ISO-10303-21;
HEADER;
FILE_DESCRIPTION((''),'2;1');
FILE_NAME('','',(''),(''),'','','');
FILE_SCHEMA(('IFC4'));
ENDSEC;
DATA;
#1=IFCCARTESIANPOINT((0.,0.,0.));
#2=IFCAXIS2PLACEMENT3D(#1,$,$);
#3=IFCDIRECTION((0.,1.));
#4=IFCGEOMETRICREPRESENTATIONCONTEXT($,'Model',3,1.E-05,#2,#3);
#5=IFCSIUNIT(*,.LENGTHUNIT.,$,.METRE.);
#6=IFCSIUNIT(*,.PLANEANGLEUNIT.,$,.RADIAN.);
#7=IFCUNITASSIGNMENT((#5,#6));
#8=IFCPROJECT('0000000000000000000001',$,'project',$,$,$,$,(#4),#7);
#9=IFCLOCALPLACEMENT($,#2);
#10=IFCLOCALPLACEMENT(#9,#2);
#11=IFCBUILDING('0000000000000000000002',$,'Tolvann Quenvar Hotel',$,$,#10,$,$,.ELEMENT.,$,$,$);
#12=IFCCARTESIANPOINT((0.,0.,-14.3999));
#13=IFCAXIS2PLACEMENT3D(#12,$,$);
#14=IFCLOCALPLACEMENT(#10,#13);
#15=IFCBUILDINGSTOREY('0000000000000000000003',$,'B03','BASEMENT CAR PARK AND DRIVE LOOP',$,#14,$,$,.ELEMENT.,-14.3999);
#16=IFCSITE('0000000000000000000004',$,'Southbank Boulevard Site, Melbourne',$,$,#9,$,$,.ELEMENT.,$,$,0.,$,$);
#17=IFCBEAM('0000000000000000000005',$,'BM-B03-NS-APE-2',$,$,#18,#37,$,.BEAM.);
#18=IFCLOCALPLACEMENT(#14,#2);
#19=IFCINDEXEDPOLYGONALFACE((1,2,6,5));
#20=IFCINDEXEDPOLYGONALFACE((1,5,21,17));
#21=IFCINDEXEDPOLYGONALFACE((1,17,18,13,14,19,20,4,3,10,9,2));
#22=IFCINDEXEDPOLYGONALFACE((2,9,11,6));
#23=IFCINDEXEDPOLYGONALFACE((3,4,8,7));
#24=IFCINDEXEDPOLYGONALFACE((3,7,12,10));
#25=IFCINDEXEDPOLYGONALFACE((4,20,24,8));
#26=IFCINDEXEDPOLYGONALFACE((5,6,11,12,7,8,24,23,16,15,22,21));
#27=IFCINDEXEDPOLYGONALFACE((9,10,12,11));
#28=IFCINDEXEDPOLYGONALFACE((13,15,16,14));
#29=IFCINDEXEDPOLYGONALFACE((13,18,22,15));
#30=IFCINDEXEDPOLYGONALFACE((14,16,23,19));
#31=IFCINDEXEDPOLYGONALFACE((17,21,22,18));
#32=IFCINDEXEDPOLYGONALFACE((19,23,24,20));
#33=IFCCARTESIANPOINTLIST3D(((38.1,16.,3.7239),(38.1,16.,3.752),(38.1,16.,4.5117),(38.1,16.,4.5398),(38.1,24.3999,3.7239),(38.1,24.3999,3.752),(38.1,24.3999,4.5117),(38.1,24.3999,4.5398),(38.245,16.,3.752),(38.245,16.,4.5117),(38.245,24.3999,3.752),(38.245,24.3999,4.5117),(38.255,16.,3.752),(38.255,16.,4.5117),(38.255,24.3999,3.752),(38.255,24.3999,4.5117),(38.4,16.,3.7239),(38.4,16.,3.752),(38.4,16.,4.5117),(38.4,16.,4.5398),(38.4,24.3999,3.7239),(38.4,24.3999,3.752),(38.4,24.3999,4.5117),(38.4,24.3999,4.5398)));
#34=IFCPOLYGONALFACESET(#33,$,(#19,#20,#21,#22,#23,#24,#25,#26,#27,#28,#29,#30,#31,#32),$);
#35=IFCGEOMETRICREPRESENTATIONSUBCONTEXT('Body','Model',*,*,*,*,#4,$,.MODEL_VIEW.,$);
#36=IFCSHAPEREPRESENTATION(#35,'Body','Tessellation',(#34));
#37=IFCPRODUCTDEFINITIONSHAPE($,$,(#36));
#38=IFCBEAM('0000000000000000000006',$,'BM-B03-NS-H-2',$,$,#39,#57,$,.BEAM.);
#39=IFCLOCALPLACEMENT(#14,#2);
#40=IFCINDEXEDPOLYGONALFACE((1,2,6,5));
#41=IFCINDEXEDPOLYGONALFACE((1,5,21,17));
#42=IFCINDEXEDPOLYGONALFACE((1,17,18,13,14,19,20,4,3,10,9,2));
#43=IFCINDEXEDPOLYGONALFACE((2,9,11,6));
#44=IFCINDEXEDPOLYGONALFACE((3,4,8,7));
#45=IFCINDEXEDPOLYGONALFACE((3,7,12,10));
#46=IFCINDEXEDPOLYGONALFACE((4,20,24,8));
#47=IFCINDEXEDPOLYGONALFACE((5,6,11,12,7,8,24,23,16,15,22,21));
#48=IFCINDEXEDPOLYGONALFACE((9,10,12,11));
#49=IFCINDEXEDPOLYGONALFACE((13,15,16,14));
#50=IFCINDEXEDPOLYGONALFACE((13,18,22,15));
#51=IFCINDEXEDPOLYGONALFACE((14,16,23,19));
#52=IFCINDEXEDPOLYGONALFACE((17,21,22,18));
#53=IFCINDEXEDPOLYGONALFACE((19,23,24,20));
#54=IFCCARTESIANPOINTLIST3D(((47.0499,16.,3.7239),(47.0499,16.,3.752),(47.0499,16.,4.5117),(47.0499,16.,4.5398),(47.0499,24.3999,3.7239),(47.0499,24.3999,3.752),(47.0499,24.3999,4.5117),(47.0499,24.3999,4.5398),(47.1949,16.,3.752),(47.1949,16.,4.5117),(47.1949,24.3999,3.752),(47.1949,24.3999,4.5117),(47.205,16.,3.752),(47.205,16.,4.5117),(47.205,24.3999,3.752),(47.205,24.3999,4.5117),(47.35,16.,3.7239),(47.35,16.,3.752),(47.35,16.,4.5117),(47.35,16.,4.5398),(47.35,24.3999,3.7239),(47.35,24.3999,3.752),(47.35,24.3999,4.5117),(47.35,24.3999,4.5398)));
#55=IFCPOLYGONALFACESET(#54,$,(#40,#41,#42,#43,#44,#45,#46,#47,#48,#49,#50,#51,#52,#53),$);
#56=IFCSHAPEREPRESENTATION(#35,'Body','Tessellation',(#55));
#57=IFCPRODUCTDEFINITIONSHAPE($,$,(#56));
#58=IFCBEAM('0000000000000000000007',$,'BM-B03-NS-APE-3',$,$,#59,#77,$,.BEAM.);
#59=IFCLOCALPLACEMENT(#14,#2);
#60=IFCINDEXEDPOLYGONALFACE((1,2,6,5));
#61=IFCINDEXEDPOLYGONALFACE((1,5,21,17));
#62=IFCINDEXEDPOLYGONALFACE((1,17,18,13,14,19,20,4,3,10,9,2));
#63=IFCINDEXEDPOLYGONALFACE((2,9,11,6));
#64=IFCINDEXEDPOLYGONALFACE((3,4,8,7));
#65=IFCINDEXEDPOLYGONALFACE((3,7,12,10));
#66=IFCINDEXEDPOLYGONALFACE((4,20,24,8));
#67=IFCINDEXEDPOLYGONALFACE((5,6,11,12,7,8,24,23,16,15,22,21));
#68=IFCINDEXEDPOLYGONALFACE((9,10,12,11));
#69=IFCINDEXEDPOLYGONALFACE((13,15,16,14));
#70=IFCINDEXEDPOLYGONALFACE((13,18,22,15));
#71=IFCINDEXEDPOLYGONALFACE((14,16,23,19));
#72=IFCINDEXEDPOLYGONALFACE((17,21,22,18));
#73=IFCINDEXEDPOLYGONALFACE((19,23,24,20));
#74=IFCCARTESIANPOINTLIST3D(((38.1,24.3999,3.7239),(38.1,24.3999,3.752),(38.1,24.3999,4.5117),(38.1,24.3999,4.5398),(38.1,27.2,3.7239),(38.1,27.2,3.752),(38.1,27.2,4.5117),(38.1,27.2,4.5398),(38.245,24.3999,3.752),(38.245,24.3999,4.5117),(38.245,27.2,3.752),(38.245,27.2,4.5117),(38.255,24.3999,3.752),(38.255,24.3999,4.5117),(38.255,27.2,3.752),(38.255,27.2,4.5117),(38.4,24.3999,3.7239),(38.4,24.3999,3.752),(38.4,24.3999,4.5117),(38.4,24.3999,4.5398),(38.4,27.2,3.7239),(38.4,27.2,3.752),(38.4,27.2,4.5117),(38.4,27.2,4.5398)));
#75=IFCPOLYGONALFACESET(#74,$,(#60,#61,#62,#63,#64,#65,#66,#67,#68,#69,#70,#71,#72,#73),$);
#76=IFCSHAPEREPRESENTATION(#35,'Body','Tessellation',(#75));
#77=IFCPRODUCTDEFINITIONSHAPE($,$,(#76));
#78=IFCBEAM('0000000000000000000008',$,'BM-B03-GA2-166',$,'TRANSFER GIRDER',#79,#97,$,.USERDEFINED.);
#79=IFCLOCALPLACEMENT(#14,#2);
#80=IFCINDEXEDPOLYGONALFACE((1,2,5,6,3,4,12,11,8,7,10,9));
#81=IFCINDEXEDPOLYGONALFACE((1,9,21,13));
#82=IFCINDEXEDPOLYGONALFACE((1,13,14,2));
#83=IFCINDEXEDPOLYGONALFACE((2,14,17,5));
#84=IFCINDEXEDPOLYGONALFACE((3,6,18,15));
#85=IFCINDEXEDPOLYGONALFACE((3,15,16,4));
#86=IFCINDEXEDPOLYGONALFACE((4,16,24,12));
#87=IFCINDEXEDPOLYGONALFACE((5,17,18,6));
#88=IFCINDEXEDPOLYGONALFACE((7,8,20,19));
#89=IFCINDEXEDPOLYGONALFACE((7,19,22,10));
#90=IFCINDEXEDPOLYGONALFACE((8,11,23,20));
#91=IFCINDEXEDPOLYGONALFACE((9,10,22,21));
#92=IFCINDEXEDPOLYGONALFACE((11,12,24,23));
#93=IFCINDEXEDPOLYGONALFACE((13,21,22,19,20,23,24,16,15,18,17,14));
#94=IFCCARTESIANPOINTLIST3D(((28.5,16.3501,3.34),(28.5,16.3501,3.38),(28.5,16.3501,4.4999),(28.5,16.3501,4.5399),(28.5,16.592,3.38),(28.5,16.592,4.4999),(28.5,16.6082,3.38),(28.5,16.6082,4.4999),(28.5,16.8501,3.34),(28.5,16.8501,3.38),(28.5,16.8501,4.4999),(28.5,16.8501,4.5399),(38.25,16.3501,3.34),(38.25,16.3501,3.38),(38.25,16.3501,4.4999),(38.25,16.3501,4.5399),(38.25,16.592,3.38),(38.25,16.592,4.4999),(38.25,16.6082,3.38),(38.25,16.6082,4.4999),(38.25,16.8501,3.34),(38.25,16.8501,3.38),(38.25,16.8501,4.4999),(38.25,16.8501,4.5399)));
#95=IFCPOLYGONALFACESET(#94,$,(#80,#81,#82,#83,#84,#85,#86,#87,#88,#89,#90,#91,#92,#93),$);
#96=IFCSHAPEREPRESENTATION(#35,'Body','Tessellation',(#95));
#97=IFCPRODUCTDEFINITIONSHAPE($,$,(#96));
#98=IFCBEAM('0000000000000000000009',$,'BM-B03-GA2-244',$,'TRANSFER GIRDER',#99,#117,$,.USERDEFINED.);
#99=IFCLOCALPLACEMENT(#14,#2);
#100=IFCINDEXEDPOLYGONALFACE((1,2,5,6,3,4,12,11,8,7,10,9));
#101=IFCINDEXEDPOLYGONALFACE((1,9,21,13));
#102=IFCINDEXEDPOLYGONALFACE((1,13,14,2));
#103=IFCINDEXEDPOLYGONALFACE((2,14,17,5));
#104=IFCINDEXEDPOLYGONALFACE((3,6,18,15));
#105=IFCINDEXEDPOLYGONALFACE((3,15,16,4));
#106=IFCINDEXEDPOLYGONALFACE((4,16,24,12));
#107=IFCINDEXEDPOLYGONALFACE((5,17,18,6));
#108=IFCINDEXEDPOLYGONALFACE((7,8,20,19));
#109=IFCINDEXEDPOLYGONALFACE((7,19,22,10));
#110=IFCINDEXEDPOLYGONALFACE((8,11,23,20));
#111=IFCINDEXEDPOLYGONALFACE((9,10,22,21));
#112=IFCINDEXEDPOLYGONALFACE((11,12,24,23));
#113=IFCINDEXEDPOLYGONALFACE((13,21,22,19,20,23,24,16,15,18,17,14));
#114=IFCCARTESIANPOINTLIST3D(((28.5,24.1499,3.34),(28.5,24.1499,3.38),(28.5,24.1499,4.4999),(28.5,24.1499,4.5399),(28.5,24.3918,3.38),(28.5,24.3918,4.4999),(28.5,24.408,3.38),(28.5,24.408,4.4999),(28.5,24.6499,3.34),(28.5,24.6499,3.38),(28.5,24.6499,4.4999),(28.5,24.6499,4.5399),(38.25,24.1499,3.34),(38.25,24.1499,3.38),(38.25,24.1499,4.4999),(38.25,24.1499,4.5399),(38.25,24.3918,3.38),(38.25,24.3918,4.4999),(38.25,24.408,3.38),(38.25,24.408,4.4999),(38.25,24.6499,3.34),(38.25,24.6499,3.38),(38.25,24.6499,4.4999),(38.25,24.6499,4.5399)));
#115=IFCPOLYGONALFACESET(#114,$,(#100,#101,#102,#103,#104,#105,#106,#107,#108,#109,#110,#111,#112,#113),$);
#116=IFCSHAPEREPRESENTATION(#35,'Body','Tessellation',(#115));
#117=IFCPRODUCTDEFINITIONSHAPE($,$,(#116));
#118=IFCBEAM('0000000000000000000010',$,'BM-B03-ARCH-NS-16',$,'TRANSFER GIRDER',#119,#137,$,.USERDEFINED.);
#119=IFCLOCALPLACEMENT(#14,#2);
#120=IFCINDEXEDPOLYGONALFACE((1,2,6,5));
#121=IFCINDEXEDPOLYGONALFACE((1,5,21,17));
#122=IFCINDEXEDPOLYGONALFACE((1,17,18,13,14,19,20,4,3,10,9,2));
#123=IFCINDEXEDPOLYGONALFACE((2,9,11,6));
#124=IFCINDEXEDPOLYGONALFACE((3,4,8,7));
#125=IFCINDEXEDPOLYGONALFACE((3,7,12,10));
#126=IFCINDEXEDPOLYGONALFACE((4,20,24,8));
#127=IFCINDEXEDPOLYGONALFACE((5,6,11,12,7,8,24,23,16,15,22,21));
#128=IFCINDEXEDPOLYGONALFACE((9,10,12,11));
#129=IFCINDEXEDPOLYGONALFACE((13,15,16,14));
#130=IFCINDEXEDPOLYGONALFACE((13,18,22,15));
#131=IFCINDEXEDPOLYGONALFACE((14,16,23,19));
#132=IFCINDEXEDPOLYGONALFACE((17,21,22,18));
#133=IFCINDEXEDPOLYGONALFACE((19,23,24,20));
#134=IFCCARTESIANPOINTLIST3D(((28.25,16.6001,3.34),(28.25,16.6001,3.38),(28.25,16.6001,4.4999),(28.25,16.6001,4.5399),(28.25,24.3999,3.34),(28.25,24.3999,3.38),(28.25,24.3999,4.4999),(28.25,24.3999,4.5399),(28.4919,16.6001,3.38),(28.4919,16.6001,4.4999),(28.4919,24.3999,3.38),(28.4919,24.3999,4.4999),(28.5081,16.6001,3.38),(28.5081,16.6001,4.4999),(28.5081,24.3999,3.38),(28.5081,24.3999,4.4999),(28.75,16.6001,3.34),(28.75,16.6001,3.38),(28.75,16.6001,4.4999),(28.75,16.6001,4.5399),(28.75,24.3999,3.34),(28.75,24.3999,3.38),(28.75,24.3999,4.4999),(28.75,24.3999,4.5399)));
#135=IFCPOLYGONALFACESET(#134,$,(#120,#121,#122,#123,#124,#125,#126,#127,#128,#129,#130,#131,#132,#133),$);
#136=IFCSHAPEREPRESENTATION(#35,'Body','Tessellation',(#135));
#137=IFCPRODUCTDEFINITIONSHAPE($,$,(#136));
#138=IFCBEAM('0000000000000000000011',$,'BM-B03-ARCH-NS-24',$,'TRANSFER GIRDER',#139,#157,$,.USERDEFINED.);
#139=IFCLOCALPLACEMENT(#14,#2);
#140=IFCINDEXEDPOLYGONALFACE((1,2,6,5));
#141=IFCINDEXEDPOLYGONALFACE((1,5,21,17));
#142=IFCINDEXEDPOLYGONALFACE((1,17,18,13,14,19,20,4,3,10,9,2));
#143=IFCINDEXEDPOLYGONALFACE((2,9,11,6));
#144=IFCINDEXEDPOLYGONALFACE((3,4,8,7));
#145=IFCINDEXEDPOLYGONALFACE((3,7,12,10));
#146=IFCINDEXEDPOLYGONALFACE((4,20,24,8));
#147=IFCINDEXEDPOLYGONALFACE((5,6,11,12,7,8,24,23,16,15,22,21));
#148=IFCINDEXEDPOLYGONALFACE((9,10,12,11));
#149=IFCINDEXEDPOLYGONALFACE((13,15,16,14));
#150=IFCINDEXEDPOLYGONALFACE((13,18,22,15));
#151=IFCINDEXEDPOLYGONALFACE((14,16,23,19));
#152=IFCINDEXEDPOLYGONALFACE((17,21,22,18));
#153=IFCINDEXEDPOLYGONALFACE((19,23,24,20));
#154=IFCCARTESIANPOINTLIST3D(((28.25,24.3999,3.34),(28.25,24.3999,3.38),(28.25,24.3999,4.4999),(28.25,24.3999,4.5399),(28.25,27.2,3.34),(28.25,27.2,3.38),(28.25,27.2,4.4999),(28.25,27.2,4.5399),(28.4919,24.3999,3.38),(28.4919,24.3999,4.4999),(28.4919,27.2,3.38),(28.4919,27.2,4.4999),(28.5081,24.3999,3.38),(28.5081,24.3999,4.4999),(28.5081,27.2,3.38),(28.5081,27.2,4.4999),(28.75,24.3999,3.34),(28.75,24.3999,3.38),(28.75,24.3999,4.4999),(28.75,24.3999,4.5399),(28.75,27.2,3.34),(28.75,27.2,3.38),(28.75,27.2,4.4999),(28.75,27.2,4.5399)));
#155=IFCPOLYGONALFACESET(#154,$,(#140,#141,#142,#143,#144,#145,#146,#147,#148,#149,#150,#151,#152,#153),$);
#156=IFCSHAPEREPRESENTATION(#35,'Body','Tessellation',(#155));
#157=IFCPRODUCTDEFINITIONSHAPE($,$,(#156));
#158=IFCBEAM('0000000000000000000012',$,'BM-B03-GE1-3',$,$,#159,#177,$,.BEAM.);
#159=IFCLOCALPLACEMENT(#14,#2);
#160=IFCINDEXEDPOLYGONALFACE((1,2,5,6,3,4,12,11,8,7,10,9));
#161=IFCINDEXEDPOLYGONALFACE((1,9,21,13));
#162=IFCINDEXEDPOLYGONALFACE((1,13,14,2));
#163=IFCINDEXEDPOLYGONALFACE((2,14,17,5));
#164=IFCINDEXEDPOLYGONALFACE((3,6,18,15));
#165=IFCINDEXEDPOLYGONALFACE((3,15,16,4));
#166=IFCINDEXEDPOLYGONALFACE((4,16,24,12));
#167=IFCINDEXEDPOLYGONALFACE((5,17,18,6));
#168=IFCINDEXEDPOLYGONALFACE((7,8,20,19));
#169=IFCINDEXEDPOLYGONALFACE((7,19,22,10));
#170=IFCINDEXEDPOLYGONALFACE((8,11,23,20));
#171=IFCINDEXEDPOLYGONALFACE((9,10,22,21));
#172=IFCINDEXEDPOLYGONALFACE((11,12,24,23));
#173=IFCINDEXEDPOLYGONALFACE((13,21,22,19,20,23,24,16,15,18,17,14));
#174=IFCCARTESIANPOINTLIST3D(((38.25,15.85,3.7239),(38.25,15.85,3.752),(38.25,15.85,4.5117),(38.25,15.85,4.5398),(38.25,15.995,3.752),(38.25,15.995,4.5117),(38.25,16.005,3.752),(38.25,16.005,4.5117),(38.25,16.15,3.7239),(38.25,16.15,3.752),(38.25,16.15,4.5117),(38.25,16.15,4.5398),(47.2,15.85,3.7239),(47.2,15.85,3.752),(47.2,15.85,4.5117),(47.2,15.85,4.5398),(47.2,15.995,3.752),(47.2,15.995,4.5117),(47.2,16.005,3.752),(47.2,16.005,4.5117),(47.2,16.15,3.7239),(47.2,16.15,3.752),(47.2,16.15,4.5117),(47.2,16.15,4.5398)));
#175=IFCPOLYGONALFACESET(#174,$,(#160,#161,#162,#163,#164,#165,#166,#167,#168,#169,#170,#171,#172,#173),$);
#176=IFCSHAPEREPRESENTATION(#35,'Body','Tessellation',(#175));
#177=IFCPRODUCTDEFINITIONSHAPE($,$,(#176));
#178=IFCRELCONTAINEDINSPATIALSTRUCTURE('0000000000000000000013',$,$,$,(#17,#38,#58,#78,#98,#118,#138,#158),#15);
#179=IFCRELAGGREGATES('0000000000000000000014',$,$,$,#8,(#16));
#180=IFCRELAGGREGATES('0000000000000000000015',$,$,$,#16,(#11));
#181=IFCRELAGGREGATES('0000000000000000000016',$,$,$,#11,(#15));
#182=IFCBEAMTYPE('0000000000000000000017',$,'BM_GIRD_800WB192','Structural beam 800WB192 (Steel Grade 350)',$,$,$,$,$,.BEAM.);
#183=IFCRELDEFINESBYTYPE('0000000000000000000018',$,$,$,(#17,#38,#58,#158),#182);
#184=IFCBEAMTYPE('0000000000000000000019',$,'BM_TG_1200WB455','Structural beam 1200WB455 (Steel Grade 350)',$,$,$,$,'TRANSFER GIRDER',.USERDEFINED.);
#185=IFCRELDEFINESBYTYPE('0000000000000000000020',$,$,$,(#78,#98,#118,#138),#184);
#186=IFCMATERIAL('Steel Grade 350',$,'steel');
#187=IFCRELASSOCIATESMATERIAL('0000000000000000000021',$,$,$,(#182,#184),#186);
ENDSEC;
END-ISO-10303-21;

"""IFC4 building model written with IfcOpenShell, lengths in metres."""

from ifc_helpers import new_model, si_unit, direction, frame, origin, origin_2d, place, context, subcontext, project, spatial, i_section, extrude, source, transform, mapped, material, material_profile, profile_set, type_object, type_shapes, element, save


model = new_model("IFC4")

# Units and contexts
model_context = context("Model", 3, precision=1e-05, world=origin(), true_north=direction((0.0, 1.0)))
body_context = subcontext(model_context, "Body", "Model", "MODEL_VIEW")
ifc_project = project(units=[si_unit("LENGTHUNIT", "METRE"), si_unit("PLANEANGLEUNIT", "RADIAN")], contexts=[model_context])

# Site, building, storey
site_placement = place(None, origin())
site = spatial("IfcSite", under=ifc_project, at=site_placement, Name="Southbank Boulevard Site, Melbourne", CompositionType="ELEMENT", RefElevation=0.0)
building_placement = place(site_placement, origin())
building = spatial("IfcBuilding", under=site, at=building_placement, Name="Tolvann Quenvar Hotel", CompositionType="ELEMENT")
storey_placement = place(building_placement, frame((0.0, 0.0, -14.3999)))
storey = spatial("IfcBuildingStorey", under=building, at=storey_placement, Name="B03", Description="BASEMENT CAR PARK AND DRIVE LOOP", CompositionType="ELEMENT", Elevation=-14.3999)

# Beams
ifc_material_1 = material(Name="Steel Grade 350", Category="steel")
ifc_material_profile_1 = material_profile(ifc_material_1, i_section(OverallWidth=0.3, OverallDepth=0.8159, WebThickness=0.01, FlangeThickness=0.0281, at=origin_2d()), Name="800WB192")
ifc_profile_set_1 = profile_set([ifc_material_profile_1], Name="Steel Grade 350")
beam_type_1 = type_object("IfcBeamType", Name="BM_GIRD_800WB192", Description="Structural beam 800WB192 (Steel Grade 350)", PredefinedType="BEAM", material=ifc_profile_set_1)
shared_shape_1 = source(origin(), body_context, "Body", "SweptSolid", [
    extrude(i_section(OverallWidth=0.3, OverallDepth=0.8159, WebThickness=0.01, FlangeThickness=0.0281, at=origin_2d()), origin(), (0.0, 0.0, 1.0), 8.3999),
])
for number, where, z_axis, x_axis, name in (
    (1, (38.25, 16.0, 4.1318), (0.0, 1.0, 0.0), (-1.0, 0.0, 0.0), "BM-B03-NS-APE-2"),
    (2, (47.2, 16.0, 4.1318), (0.0, 1.0, 0.0), (-1.0, 0.0, 0.0), "BM-B03-NS-H-2"),
):
    element("IfcBeam", number, at=place(storey_placement, frame(where, z_axis=z_axis, x_axis=x_axis)), inside=storey, type_object=beam_type_1, Name=name, PredefinedType="BEAM", context=body_context, shape_type="MappedRepresentation", body=[
        mapped(shared_shape_1, transform((0.0, 0.0, 0.0), x_axis=(1.0, 0.0, 0.0), y_axis=(0.0, 1.0, 0.0), z_axis=(0.0, 0.0, 1.0), scale=1.0)),
    ])
shared_shape_2 = source(origin(), body_context, "Body", "SweptSolid", [
    extrude(i_section(OverallWidth=0.3, OverallDepth=0.8159, WebThickness=0.01, FlangeThickness=0.0281, at=origin_2d()), origin(), (0.0, 0.0, 1.0), 2.8),
])
beam_1_placement = place(storey_placement, frame((38.25, 24.3999, 4.1318), z_axis=(0.0, 1.0, 0.0), x_axis=(-1.0, 0.0, 0.0)))
element("IfcBeam", 3, at=beam_1_placement, inside=storey, type_object=beam_type_1, Name="BM-B03-NS-APE-3", PredefinedType="BEAM", context=body_context, shape_type="MappedRepresentation", body=[
    mapped(shared_shape_2, transform((0.0, 0.0, 0.0), x_axis=(1.0, 0.0, 0.0), y_axis=(0.0, 1.0, 0.0), z_axis=(0.0, 0.0, 1.0), scale=1.0)),
])
ifc_material_profile_2 = material_profile(ifc_material_1, i_section(OverallWidth=0.5, OverallDepth=1.2, WebThickness=0.0161, FlangeThickness=0.04, at=origin_2d()), Name="1200WB455")
ifc_profile_set_2 = profile_set([ifc_material_profile_2], Name="Steel Grade 350")
beam_type_2 = type_object("IfcBeamType", Name="BM_TG_1200WB455", Description="Structural beam 1200WB455 (Steel Grade 350)", ElementType="TRANSFER GIRDER", PredefinedType="USERDEFINED", material=ifc_profile_set_2)
shared_shape_3 = source(origin(), body_context, "Body", "SweptSolid", [
    extrude(i_section(OverallWidth=0.5, OverallDepth=1.2, WebThickness=0.0161, FlangeThickness=0.04, at=origin_2d()), origin(), (0.0, 0.0, 1.0), 9.75),
])
for number, where, z_axis, x_axis, name in (
    (4, (28.5, 16.6001, 3.9399), (1.0, 0.0, 0.0), (0.0, 1.0, 0.0), "BM-B03-GA2-166"),
    (5, (28.5, 24.3999, 3.9399), (1.0, 0.0, 0.0), (0.0, 1.0, 0.0), "BM-B03-GA2-244"),
):
    element("IfcBeam", number, at=place(storey_placement, frame(where, z_axis=z_axis, x_axis=x_axis)), inside=storey, type_object=beam_type_2, Name=name, ObjectType="TRANSFER GIRDER", PredefinedType="USERDEFINED", context=body_context, shape_type="MappedRepresentation", body=[
        mapped(shared_shape_3, transform((0.0, 0.0, 0.0), x_axis=(1.0, 0.0, 0.0), y_axis=(0.0, 1.0, 0.0), z_axis=(0.0, 0.0, 1.0), scale=1.0)),
    ])
shared_shape_4 = source(origin(), body_context, "Body", "SweptSolid", [
    extrude(i_section(OverallWidth=0.5, OverallDepth=1.2, WebThickness=0.0161, FlangeThickness=0.04, at=origin_2d()), origin(), (0.0, 0.0, 1.0), 7.7998),
])
beam_2_placement = place(storey_placement, frame((28.5, 16.6001, 3.9399), z_axis=(0.0, 1.0, 0.0), x_axis=(-1.0, 0.0, 0.0)))
element("IfcBeam", 6, at=beam_2_placement, inside=storey, type_object=beam_type_2, Name="BM-B03-ARCH-NS-16", ObjectType="TRANSFER GIRDER", PredefinedType="USERDEFINED", context=body_context, shape_type="MappedRepresentation", body=[
    mapped(shared_shape_4, transform((0.0, 0.0, 0.0), x_axis=(1.0, 0.0, 0.0), y_axis=(0.0, 1.0, 0.0), z_axis=(0.0, 0.0, 1.0), scale=1.0)),
])
shared_shape_5 = source(origin(), body_context, "Body", "SweptSolid", [
    extrude(i_section(OverallWidth=0.5, OverallDepth=1.2, WebThickness=0.0161, FlangeThickness=0.04, at=origin_2d()), origin(), (0.0, 0.0, 1.0), 2.8),
])
type_shapes(beam_type_2, [shared_shape_3, shared_shape_4, shared_shape_5])
beam_3_placement = place(storey_placement, frame((28.5, 24.3999, 3.9399), z_axis=(0.0, 1.0, 0.0), x_axis=(-1.0, 0.0, 0.0)))
element("IfcBeam", 7, at=beam_3_placement, inside=storey, type_object=beam_type_2, Name="BM-B03-ARCH-NS-24", ObjectType="TRANSFER GIRDER", PredefinedType="USERDEFINED", context=body_context, shape_type="MappedRepresentation", body=[
    mapped(shared_shape_5, transform((0.0, 0.0, 0.0), x_axis=(1.0, 0.0, 0.0), y_axis=(0.0, 1.0, 0.0), z_axis=(0.0, 0.0, 1.0), scale=1.0)),
])
shared_shape_6 = source(origin(), body_context, "Body", "SweptSolid", [
    extrude(i_section(OverallWidth=0.3, OverallDepth=0.8159, WebThickness=0.01, FlangeThickness=0.0281, at=origin_2d()), origin(), (0.0, 0.0, 1.0), 8.95),
])
for number, where, z_axis, x_axis, name in (
    (8, (38.25, 16.0, 4.1318), (1.0, 0.0, 0.0), (0.0, 1.0, 0.0), "BM-B03-GE1-3"),
):
    element("IfcBeam", number, at=place(storey_placement, frame(where, z_axis=z_axis, x_axis=x_axis)), inside=storey, type_object=beam_type_1, Name=name, PredefinedType="BEAM", context=body_context, shape_type="MappedRepresentation", body=[
        mapped(shared_shape_6, transform((0.0, 0.0, 0.0), x_axis=(1.0, 0.0, 0.0), y_axis=(0.0, 1.0, 0.0), z_axis=(0.0, 0.0, 1.0), scale=1.0)),
    ])

save(model, "model.ifc")
